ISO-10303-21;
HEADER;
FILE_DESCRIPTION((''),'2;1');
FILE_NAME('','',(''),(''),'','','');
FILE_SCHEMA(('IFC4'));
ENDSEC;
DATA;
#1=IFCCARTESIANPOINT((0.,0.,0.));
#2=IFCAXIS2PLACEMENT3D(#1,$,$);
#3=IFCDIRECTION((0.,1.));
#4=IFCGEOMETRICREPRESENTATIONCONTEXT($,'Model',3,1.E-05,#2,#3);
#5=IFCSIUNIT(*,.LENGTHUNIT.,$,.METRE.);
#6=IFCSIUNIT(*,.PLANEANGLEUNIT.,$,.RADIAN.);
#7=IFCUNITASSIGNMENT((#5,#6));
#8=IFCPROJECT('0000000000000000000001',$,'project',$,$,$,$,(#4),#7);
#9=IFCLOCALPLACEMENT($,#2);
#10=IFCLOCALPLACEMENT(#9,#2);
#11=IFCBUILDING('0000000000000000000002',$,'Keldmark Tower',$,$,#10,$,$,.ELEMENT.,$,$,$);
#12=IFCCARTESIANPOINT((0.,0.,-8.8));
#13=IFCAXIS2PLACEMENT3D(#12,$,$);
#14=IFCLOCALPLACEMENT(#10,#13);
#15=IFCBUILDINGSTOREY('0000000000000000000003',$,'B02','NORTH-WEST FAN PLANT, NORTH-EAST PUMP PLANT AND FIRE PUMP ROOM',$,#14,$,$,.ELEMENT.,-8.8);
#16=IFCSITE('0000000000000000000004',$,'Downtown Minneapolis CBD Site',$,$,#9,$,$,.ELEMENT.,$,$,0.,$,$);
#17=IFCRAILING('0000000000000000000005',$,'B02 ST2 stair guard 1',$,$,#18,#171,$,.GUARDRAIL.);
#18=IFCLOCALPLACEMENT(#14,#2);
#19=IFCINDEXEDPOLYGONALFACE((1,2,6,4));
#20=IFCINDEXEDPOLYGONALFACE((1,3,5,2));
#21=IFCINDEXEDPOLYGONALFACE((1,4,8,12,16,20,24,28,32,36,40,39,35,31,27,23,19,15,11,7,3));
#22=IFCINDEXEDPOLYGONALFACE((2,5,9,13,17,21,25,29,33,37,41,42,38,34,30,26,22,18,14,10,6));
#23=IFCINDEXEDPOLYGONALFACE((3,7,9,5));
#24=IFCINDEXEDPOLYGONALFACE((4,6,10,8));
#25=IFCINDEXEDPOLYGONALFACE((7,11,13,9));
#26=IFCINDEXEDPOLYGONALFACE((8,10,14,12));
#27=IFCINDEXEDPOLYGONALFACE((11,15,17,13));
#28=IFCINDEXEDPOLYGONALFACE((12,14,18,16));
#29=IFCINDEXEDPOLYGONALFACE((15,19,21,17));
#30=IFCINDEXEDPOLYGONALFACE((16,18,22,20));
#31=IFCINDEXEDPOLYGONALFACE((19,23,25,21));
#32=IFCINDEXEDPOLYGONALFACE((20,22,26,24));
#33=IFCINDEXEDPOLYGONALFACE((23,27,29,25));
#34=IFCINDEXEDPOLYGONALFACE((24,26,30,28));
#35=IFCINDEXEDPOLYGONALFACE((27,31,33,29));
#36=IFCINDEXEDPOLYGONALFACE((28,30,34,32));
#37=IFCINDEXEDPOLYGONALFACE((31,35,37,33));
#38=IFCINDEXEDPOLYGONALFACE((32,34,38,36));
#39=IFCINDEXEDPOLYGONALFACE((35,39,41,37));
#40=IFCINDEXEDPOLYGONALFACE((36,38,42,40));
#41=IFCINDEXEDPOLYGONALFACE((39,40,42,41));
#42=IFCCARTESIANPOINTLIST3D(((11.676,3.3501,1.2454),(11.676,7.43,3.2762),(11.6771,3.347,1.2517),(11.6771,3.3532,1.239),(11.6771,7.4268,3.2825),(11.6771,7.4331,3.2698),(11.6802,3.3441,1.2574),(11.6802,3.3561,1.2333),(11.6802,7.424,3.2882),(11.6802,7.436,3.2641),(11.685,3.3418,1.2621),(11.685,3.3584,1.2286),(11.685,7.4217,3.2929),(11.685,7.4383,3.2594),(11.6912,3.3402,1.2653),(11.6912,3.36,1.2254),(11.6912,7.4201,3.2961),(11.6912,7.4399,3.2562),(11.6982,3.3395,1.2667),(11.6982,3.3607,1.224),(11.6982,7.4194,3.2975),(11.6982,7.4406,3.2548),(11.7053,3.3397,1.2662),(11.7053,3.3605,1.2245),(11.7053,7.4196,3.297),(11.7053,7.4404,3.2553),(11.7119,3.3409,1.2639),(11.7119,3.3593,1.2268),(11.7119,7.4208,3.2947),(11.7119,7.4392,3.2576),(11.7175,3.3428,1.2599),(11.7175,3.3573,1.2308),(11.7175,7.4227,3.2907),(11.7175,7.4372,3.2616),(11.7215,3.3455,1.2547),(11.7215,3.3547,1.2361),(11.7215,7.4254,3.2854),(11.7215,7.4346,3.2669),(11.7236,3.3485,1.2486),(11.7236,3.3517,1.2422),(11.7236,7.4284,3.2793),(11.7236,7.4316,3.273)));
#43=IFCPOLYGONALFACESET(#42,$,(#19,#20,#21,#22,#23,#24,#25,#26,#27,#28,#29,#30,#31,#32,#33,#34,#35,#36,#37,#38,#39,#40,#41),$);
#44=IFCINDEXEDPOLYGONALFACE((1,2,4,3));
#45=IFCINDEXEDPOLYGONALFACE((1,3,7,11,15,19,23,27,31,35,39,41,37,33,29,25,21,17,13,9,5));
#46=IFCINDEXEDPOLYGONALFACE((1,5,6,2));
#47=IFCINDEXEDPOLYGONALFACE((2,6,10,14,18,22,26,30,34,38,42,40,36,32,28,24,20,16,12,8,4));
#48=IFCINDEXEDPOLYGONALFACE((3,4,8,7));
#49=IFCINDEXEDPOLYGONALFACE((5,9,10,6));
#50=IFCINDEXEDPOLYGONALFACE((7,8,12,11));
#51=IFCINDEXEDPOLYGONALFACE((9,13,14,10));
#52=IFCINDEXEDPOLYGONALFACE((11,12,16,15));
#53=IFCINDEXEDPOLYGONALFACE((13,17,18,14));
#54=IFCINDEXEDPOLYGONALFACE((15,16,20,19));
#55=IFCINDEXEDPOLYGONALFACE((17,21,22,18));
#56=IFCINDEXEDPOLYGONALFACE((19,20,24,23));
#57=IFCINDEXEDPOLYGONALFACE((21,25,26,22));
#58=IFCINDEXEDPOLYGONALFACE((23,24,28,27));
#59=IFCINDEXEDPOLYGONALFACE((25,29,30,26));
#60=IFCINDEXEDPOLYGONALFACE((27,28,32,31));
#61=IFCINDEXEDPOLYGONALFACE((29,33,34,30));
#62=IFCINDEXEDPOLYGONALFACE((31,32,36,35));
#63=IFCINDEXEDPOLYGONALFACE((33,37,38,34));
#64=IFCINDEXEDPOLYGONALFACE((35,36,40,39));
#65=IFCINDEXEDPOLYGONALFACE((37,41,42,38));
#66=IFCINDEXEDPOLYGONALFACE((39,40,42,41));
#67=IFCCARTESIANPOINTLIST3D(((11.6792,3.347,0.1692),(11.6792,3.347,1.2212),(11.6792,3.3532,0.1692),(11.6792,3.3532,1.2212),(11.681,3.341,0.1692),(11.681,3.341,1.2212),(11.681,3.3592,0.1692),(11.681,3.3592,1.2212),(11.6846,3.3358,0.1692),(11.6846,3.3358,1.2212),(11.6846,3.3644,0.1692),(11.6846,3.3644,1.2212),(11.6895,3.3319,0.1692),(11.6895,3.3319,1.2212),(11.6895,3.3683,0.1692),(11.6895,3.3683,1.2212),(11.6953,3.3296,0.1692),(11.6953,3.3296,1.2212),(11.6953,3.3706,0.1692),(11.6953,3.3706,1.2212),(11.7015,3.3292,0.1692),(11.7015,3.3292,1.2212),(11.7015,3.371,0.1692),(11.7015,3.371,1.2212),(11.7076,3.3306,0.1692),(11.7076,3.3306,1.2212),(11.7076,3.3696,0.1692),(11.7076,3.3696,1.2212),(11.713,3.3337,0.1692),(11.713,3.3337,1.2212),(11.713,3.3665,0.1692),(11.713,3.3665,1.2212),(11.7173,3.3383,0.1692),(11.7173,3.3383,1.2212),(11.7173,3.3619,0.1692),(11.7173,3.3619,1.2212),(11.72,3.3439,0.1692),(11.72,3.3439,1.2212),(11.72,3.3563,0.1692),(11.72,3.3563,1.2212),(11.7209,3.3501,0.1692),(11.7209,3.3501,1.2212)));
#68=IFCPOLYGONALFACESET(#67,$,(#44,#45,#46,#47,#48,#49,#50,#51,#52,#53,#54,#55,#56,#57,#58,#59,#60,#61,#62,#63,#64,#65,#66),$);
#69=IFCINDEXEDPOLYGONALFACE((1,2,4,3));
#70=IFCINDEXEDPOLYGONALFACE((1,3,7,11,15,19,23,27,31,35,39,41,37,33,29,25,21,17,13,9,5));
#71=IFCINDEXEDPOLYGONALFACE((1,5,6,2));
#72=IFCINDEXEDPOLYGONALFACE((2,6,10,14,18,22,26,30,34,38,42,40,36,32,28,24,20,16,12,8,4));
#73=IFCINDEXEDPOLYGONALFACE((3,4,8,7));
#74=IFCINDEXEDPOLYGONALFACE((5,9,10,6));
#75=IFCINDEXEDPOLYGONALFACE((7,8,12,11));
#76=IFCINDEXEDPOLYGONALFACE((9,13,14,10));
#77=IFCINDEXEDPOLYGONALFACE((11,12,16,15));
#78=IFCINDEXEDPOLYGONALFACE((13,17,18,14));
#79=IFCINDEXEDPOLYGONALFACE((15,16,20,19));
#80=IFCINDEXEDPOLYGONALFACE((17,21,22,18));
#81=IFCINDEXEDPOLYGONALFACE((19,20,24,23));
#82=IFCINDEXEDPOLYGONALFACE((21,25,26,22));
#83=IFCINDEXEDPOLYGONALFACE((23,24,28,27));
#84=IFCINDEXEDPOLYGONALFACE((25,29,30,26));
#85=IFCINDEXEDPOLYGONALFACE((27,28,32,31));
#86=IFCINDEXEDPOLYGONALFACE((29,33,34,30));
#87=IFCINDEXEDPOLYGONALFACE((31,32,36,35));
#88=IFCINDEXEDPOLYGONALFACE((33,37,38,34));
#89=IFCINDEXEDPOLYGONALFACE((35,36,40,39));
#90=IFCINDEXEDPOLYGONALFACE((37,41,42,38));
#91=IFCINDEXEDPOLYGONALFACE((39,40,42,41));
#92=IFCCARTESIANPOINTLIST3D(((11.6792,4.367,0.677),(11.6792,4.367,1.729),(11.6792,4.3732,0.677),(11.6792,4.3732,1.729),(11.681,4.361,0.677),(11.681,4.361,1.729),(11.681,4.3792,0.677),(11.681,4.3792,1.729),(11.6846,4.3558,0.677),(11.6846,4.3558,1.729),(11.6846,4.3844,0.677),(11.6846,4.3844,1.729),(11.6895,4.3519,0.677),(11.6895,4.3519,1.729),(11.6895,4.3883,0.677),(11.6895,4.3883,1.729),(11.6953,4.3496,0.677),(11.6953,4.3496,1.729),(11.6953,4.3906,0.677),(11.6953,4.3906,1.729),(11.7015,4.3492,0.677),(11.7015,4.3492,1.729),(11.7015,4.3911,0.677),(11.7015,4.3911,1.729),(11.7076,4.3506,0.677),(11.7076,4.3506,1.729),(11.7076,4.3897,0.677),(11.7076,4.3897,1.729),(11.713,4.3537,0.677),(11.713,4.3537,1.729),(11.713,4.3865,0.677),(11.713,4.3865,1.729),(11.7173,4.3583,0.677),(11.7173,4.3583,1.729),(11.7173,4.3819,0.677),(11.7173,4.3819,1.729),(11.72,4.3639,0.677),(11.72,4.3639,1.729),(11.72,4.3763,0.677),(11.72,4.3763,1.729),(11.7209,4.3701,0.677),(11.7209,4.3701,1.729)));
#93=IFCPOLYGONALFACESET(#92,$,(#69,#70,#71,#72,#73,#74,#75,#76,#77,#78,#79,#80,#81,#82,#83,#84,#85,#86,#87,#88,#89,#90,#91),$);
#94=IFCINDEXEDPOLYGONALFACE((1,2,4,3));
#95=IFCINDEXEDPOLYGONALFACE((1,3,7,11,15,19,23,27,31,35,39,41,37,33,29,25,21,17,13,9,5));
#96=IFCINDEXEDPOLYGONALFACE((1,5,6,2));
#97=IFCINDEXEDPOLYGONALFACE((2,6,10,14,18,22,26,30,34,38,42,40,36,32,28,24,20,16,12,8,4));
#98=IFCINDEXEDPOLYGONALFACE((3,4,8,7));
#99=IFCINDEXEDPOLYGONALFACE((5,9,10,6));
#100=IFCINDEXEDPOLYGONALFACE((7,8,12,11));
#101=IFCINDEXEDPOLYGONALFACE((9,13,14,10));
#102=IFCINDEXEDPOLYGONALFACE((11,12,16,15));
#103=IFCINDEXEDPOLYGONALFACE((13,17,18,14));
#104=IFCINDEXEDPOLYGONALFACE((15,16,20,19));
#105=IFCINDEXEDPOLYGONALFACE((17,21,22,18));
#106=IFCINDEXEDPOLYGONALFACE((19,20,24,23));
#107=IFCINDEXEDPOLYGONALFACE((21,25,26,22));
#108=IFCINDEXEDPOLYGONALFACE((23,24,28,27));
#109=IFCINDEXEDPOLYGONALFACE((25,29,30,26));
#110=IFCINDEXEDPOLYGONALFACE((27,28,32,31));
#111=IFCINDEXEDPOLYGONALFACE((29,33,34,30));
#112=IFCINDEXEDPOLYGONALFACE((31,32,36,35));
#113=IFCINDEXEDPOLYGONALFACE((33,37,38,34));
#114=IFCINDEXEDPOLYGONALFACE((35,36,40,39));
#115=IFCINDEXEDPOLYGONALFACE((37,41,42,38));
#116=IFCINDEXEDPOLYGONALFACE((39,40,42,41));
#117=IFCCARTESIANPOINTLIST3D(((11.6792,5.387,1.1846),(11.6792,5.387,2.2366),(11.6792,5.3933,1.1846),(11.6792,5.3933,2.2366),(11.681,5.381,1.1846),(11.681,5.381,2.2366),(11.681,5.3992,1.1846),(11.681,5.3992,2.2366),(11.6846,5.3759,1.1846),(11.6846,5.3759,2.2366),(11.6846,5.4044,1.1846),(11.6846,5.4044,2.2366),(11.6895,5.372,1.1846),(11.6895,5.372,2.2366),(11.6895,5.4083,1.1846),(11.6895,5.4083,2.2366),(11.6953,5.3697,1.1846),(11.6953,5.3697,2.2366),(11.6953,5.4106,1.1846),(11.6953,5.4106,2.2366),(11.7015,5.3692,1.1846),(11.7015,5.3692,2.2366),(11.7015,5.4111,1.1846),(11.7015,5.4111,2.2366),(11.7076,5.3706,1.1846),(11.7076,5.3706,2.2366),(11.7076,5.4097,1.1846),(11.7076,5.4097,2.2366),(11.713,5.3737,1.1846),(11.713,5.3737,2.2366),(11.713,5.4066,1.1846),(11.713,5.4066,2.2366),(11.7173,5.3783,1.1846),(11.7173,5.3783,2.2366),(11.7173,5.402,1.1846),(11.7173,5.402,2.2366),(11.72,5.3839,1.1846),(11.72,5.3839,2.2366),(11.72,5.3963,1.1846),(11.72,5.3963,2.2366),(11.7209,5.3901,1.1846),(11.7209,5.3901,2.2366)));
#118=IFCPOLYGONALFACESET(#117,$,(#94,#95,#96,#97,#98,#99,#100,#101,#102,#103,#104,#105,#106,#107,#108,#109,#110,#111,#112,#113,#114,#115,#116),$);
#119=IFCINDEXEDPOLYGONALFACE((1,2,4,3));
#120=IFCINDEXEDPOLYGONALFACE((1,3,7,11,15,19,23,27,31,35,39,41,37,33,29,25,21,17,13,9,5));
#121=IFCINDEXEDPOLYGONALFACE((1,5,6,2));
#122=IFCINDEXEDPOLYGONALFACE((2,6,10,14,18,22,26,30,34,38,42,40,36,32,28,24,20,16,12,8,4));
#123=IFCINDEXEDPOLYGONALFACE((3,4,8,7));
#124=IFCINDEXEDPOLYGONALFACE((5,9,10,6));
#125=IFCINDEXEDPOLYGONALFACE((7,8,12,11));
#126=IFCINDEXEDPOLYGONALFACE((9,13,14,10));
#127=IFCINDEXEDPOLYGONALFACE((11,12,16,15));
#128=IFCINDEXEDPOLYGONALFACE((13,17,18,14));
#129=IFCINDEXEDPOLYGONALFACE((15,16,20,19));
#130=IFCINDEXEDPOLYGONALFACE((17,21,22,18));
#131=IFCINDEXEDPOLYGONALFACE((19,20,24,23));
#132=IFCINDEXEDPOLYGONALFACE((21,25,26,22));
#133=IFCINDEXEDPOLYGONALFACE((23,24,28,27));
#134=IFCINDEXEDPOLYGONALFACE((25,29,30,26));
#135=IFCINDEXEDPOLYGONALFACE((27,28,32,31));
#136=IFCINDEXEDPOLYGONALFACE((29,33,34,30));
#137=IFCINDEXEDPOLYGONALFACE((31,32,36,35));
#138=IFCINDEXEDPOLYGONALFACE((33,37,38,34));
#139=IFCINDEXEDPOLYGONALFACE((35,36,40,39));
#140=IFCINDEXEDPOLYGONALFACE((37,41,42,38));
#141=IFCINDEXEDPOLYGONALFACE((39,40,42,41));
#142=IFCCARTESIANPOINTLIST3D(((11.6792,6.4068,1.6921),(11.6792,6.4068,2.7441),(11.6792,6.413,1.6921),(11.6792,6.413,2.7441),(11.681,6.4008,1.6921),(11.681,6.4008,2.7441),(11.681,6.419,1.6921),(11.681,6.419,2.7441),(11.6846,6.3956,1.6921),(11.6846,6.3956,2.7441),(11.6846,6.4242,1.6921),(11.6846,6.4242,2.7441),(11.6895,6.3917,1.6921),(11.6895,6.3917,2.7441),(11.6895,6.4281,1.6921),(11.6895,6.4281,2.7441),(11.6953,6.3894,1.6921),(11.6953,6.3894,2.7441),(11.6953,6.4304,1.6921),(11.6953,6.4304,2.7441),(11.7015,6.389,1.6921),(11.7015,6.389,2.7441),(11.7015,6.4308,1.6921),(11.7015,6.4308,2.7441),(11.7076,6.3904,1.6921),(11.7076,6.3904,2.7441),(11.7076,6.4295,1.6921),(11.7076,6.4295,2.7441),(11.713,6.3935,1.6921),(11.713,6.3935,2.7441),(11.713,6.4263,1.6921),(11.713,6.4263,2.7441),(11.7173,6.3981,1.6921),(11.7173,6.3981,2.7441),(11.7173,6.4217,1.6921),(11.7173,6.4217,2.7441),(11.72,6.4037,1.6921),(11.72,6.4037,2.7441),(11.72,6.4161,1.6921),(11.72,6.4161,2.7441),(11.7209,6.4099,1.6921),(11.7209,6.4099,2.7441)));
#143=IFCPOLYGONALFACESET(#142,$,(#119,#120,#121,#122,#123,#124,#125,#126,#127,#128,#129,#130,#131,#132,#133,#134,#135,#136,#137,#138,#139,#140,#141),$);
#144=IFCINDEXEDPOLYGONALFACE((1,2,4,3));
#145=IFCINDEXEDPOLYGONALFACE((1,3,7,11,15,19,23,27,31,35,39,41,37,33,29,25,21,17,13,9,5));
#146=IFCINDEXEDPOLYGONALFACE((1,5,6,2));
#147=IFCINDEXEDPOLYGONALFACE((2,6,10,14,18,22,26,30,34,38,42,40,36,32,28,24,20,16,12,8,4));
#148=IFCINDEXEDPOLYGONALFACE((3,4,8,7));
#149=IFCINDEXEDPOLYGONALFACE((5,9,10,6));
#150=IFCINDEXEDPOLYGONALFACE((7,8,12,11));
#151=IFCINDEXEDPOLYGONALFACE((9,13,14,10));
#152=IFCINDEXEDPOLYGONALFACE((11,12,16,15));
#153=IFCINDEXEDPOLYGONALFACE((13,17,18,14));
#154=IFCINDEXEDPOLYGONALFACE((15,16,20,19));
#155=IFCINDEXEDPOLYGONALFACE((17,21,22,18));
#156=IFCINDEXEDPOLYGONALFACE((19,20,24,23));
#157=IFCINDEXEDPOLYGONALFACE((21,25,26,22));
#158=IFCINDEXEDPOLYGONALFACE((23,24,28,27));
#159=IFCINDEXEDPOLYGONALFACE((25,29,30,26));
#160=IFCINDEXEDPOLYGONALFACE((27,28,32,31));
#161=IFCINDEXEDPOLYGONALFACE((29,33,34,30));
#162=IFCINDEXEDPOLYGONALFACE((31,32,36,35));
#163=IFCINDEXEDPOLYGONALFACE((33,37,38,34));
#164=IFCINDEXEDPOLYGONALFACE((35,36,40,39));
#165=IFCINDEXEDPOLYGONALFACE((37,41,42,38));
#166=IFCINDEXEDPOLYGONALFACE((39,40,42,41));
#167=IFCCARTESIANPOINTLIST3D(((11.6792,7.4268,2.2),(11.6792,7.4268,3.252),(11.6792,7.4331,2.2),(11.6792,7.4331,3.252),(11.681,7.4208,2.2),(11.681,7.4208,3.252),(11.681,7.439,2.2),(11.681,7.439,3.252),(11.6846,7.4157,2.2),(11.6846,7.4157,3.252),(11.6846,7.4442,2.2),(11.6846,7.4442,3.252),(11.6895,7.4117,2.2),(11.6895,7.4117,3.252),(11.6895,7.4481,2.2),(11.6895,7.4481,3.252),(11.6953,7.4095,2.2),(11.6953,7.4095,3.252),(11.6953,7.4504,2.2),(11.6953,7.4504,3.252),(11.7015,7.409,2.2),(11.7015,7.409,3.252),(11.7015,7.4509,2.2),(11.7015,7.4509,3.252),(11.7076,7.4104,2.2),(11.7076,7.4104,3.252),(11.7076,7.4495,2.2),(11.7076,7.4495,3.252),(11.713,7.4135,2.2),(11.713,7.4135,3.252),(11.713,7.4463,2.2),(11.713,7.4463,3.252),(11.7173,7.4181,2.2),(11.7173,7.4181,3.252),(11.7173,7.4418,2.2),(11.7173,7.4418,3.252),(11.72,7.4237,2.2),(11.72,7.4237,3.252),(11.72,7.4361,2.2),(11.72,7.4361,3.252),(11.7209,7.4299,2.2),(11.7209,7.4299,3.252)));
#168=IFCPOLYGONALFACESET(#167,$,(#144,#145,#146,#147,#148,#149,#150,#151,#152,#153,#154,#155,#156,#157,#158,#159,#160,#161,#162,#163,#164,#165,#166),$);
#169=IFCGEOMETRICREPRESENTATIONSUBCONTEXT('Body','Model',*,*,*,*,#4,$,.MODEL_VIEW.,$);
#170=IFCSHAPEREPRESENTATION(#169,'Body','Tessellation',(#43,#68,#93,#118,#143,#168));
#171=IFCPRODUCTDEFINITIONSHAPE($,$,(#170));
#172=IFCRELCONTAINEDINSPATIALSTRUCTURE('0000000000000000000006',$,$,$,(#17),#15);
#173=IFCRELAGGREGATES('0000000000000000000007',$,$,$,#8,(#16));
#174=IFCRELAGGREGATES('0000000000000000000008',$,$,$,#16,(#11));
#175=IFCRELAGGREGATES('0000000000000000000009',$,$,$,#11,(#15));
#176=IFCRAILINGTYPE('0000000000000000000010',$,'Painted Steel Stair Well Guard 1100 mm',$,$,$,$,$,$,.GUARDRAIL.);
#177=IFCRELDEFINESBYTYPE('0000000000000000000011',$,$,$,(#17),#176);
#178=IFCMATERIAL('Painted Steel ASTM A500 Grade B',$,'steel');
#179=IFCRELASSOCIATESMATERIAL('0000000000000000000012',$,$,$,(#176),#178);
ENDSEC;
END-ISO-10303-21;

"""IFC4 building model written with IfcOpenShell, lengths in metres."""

from ifc_helpers import new_model, si_unit, direction, frame, origin, origin_2d, place, context, subcontext, project, spatial, circle, extrude, material, type_object, element, save


model = new_model("IFC4")

# Units and contexts
model_context = context("Model", 3, precision=1e-05, world=origin(), true_north=direction((0.0, 1.0)))
body_context = subcontext(model_context, "Body", "Model", "MODEL_VIEW")
ifc_project = project(units=[si_unit("LENGTHUNIT", "METRE"), si_unit("PLANEANGLEUNIT", "RADIAN")], contexts=[model_context])

# Site, building, storey
site_placement = place(None, origin())
site = spatial("IfcSite", under=ifc_project, at=site_placement, Name="Downtown Minneapolis CBD Site", CompositionType="ELEMENT", RefElevation=0.0)
building_placement = place(site_placement, origin())
building = spatial("IfcBuilding", under=site, at=building_placement, Name="Keldmark Tower", CompositionType="ELEMENT")
storey_placement = place(building_placement, frame((0.0, 0.0, -8.8)))
storey = spatial("IfcBuildingStorey", under=building, at=storey_placement, Name="B02", Description="NORTH-WEST FAN PLANT, NORTH-EAST PUMP PLANT AND FIRE PUMP ROOM", CompositionType="ELEMENT", Elevation=-8.8)

# Railing
ifc_material_1 = material(Name="Painted Steel ASTM A500 Grade B", Category="steel")
railing_type_1 = type_object("IfcRailingType", Name="Painted Steel Stair Well Guard 1100 mm", PredefinedType="GUARDRAIL", material=ifc_material_1)
railing_1_placement = place(storey_placement, frame((11.7, 3.3501, 0.1692)))
element("IfcRailing", 1, at=railing_1_placement, inside=storey, type_object=railing_type_1, Name="B02 ST2 stair guard 1", PredefinedType="GUARDRAIL", context=body_context, shape_type="SweptSolid", body=[
    extrude(circle(Radius=0.0239, at=origin_2d()), frame((0.0, 0.0, 1.0762), z_axis=(0.0, 0.895229, 0.445606), x_axis=(-1.0, 0.0, 0.0)), (0.0, 0.0, 1.0), 4.5574),
    extrude(circle(Radius=0.021, at=origin_2d()), origin(), (0.0, 0.0, 1.0), 1.052),
    extrude(circle(Radius=0.021, at=origin_2d()), frame((0.0, 1.02, 0.5078)), (0.0, 0.0, 1.0), 1.052),
    extrude(circle(Radius=0.021, at=origin_2d()), frame((0.0, 2.04, 1.0154)), (0.0, 0.0, 1.0), 1.052),
    extrude(circle(Radius=0.021, at=origin_2d()), frame((0.0, 3.0598, 1.5229)), (0.0, 0.0, 1.0), 1.052),
    extrude(circle(Radius=0.021, at=origin_2d()), frame((0.0, 4.0798, 2.0308)), (0.0, 0.0, 1.0), 1.052),
])

save(model, "model.ifc")
